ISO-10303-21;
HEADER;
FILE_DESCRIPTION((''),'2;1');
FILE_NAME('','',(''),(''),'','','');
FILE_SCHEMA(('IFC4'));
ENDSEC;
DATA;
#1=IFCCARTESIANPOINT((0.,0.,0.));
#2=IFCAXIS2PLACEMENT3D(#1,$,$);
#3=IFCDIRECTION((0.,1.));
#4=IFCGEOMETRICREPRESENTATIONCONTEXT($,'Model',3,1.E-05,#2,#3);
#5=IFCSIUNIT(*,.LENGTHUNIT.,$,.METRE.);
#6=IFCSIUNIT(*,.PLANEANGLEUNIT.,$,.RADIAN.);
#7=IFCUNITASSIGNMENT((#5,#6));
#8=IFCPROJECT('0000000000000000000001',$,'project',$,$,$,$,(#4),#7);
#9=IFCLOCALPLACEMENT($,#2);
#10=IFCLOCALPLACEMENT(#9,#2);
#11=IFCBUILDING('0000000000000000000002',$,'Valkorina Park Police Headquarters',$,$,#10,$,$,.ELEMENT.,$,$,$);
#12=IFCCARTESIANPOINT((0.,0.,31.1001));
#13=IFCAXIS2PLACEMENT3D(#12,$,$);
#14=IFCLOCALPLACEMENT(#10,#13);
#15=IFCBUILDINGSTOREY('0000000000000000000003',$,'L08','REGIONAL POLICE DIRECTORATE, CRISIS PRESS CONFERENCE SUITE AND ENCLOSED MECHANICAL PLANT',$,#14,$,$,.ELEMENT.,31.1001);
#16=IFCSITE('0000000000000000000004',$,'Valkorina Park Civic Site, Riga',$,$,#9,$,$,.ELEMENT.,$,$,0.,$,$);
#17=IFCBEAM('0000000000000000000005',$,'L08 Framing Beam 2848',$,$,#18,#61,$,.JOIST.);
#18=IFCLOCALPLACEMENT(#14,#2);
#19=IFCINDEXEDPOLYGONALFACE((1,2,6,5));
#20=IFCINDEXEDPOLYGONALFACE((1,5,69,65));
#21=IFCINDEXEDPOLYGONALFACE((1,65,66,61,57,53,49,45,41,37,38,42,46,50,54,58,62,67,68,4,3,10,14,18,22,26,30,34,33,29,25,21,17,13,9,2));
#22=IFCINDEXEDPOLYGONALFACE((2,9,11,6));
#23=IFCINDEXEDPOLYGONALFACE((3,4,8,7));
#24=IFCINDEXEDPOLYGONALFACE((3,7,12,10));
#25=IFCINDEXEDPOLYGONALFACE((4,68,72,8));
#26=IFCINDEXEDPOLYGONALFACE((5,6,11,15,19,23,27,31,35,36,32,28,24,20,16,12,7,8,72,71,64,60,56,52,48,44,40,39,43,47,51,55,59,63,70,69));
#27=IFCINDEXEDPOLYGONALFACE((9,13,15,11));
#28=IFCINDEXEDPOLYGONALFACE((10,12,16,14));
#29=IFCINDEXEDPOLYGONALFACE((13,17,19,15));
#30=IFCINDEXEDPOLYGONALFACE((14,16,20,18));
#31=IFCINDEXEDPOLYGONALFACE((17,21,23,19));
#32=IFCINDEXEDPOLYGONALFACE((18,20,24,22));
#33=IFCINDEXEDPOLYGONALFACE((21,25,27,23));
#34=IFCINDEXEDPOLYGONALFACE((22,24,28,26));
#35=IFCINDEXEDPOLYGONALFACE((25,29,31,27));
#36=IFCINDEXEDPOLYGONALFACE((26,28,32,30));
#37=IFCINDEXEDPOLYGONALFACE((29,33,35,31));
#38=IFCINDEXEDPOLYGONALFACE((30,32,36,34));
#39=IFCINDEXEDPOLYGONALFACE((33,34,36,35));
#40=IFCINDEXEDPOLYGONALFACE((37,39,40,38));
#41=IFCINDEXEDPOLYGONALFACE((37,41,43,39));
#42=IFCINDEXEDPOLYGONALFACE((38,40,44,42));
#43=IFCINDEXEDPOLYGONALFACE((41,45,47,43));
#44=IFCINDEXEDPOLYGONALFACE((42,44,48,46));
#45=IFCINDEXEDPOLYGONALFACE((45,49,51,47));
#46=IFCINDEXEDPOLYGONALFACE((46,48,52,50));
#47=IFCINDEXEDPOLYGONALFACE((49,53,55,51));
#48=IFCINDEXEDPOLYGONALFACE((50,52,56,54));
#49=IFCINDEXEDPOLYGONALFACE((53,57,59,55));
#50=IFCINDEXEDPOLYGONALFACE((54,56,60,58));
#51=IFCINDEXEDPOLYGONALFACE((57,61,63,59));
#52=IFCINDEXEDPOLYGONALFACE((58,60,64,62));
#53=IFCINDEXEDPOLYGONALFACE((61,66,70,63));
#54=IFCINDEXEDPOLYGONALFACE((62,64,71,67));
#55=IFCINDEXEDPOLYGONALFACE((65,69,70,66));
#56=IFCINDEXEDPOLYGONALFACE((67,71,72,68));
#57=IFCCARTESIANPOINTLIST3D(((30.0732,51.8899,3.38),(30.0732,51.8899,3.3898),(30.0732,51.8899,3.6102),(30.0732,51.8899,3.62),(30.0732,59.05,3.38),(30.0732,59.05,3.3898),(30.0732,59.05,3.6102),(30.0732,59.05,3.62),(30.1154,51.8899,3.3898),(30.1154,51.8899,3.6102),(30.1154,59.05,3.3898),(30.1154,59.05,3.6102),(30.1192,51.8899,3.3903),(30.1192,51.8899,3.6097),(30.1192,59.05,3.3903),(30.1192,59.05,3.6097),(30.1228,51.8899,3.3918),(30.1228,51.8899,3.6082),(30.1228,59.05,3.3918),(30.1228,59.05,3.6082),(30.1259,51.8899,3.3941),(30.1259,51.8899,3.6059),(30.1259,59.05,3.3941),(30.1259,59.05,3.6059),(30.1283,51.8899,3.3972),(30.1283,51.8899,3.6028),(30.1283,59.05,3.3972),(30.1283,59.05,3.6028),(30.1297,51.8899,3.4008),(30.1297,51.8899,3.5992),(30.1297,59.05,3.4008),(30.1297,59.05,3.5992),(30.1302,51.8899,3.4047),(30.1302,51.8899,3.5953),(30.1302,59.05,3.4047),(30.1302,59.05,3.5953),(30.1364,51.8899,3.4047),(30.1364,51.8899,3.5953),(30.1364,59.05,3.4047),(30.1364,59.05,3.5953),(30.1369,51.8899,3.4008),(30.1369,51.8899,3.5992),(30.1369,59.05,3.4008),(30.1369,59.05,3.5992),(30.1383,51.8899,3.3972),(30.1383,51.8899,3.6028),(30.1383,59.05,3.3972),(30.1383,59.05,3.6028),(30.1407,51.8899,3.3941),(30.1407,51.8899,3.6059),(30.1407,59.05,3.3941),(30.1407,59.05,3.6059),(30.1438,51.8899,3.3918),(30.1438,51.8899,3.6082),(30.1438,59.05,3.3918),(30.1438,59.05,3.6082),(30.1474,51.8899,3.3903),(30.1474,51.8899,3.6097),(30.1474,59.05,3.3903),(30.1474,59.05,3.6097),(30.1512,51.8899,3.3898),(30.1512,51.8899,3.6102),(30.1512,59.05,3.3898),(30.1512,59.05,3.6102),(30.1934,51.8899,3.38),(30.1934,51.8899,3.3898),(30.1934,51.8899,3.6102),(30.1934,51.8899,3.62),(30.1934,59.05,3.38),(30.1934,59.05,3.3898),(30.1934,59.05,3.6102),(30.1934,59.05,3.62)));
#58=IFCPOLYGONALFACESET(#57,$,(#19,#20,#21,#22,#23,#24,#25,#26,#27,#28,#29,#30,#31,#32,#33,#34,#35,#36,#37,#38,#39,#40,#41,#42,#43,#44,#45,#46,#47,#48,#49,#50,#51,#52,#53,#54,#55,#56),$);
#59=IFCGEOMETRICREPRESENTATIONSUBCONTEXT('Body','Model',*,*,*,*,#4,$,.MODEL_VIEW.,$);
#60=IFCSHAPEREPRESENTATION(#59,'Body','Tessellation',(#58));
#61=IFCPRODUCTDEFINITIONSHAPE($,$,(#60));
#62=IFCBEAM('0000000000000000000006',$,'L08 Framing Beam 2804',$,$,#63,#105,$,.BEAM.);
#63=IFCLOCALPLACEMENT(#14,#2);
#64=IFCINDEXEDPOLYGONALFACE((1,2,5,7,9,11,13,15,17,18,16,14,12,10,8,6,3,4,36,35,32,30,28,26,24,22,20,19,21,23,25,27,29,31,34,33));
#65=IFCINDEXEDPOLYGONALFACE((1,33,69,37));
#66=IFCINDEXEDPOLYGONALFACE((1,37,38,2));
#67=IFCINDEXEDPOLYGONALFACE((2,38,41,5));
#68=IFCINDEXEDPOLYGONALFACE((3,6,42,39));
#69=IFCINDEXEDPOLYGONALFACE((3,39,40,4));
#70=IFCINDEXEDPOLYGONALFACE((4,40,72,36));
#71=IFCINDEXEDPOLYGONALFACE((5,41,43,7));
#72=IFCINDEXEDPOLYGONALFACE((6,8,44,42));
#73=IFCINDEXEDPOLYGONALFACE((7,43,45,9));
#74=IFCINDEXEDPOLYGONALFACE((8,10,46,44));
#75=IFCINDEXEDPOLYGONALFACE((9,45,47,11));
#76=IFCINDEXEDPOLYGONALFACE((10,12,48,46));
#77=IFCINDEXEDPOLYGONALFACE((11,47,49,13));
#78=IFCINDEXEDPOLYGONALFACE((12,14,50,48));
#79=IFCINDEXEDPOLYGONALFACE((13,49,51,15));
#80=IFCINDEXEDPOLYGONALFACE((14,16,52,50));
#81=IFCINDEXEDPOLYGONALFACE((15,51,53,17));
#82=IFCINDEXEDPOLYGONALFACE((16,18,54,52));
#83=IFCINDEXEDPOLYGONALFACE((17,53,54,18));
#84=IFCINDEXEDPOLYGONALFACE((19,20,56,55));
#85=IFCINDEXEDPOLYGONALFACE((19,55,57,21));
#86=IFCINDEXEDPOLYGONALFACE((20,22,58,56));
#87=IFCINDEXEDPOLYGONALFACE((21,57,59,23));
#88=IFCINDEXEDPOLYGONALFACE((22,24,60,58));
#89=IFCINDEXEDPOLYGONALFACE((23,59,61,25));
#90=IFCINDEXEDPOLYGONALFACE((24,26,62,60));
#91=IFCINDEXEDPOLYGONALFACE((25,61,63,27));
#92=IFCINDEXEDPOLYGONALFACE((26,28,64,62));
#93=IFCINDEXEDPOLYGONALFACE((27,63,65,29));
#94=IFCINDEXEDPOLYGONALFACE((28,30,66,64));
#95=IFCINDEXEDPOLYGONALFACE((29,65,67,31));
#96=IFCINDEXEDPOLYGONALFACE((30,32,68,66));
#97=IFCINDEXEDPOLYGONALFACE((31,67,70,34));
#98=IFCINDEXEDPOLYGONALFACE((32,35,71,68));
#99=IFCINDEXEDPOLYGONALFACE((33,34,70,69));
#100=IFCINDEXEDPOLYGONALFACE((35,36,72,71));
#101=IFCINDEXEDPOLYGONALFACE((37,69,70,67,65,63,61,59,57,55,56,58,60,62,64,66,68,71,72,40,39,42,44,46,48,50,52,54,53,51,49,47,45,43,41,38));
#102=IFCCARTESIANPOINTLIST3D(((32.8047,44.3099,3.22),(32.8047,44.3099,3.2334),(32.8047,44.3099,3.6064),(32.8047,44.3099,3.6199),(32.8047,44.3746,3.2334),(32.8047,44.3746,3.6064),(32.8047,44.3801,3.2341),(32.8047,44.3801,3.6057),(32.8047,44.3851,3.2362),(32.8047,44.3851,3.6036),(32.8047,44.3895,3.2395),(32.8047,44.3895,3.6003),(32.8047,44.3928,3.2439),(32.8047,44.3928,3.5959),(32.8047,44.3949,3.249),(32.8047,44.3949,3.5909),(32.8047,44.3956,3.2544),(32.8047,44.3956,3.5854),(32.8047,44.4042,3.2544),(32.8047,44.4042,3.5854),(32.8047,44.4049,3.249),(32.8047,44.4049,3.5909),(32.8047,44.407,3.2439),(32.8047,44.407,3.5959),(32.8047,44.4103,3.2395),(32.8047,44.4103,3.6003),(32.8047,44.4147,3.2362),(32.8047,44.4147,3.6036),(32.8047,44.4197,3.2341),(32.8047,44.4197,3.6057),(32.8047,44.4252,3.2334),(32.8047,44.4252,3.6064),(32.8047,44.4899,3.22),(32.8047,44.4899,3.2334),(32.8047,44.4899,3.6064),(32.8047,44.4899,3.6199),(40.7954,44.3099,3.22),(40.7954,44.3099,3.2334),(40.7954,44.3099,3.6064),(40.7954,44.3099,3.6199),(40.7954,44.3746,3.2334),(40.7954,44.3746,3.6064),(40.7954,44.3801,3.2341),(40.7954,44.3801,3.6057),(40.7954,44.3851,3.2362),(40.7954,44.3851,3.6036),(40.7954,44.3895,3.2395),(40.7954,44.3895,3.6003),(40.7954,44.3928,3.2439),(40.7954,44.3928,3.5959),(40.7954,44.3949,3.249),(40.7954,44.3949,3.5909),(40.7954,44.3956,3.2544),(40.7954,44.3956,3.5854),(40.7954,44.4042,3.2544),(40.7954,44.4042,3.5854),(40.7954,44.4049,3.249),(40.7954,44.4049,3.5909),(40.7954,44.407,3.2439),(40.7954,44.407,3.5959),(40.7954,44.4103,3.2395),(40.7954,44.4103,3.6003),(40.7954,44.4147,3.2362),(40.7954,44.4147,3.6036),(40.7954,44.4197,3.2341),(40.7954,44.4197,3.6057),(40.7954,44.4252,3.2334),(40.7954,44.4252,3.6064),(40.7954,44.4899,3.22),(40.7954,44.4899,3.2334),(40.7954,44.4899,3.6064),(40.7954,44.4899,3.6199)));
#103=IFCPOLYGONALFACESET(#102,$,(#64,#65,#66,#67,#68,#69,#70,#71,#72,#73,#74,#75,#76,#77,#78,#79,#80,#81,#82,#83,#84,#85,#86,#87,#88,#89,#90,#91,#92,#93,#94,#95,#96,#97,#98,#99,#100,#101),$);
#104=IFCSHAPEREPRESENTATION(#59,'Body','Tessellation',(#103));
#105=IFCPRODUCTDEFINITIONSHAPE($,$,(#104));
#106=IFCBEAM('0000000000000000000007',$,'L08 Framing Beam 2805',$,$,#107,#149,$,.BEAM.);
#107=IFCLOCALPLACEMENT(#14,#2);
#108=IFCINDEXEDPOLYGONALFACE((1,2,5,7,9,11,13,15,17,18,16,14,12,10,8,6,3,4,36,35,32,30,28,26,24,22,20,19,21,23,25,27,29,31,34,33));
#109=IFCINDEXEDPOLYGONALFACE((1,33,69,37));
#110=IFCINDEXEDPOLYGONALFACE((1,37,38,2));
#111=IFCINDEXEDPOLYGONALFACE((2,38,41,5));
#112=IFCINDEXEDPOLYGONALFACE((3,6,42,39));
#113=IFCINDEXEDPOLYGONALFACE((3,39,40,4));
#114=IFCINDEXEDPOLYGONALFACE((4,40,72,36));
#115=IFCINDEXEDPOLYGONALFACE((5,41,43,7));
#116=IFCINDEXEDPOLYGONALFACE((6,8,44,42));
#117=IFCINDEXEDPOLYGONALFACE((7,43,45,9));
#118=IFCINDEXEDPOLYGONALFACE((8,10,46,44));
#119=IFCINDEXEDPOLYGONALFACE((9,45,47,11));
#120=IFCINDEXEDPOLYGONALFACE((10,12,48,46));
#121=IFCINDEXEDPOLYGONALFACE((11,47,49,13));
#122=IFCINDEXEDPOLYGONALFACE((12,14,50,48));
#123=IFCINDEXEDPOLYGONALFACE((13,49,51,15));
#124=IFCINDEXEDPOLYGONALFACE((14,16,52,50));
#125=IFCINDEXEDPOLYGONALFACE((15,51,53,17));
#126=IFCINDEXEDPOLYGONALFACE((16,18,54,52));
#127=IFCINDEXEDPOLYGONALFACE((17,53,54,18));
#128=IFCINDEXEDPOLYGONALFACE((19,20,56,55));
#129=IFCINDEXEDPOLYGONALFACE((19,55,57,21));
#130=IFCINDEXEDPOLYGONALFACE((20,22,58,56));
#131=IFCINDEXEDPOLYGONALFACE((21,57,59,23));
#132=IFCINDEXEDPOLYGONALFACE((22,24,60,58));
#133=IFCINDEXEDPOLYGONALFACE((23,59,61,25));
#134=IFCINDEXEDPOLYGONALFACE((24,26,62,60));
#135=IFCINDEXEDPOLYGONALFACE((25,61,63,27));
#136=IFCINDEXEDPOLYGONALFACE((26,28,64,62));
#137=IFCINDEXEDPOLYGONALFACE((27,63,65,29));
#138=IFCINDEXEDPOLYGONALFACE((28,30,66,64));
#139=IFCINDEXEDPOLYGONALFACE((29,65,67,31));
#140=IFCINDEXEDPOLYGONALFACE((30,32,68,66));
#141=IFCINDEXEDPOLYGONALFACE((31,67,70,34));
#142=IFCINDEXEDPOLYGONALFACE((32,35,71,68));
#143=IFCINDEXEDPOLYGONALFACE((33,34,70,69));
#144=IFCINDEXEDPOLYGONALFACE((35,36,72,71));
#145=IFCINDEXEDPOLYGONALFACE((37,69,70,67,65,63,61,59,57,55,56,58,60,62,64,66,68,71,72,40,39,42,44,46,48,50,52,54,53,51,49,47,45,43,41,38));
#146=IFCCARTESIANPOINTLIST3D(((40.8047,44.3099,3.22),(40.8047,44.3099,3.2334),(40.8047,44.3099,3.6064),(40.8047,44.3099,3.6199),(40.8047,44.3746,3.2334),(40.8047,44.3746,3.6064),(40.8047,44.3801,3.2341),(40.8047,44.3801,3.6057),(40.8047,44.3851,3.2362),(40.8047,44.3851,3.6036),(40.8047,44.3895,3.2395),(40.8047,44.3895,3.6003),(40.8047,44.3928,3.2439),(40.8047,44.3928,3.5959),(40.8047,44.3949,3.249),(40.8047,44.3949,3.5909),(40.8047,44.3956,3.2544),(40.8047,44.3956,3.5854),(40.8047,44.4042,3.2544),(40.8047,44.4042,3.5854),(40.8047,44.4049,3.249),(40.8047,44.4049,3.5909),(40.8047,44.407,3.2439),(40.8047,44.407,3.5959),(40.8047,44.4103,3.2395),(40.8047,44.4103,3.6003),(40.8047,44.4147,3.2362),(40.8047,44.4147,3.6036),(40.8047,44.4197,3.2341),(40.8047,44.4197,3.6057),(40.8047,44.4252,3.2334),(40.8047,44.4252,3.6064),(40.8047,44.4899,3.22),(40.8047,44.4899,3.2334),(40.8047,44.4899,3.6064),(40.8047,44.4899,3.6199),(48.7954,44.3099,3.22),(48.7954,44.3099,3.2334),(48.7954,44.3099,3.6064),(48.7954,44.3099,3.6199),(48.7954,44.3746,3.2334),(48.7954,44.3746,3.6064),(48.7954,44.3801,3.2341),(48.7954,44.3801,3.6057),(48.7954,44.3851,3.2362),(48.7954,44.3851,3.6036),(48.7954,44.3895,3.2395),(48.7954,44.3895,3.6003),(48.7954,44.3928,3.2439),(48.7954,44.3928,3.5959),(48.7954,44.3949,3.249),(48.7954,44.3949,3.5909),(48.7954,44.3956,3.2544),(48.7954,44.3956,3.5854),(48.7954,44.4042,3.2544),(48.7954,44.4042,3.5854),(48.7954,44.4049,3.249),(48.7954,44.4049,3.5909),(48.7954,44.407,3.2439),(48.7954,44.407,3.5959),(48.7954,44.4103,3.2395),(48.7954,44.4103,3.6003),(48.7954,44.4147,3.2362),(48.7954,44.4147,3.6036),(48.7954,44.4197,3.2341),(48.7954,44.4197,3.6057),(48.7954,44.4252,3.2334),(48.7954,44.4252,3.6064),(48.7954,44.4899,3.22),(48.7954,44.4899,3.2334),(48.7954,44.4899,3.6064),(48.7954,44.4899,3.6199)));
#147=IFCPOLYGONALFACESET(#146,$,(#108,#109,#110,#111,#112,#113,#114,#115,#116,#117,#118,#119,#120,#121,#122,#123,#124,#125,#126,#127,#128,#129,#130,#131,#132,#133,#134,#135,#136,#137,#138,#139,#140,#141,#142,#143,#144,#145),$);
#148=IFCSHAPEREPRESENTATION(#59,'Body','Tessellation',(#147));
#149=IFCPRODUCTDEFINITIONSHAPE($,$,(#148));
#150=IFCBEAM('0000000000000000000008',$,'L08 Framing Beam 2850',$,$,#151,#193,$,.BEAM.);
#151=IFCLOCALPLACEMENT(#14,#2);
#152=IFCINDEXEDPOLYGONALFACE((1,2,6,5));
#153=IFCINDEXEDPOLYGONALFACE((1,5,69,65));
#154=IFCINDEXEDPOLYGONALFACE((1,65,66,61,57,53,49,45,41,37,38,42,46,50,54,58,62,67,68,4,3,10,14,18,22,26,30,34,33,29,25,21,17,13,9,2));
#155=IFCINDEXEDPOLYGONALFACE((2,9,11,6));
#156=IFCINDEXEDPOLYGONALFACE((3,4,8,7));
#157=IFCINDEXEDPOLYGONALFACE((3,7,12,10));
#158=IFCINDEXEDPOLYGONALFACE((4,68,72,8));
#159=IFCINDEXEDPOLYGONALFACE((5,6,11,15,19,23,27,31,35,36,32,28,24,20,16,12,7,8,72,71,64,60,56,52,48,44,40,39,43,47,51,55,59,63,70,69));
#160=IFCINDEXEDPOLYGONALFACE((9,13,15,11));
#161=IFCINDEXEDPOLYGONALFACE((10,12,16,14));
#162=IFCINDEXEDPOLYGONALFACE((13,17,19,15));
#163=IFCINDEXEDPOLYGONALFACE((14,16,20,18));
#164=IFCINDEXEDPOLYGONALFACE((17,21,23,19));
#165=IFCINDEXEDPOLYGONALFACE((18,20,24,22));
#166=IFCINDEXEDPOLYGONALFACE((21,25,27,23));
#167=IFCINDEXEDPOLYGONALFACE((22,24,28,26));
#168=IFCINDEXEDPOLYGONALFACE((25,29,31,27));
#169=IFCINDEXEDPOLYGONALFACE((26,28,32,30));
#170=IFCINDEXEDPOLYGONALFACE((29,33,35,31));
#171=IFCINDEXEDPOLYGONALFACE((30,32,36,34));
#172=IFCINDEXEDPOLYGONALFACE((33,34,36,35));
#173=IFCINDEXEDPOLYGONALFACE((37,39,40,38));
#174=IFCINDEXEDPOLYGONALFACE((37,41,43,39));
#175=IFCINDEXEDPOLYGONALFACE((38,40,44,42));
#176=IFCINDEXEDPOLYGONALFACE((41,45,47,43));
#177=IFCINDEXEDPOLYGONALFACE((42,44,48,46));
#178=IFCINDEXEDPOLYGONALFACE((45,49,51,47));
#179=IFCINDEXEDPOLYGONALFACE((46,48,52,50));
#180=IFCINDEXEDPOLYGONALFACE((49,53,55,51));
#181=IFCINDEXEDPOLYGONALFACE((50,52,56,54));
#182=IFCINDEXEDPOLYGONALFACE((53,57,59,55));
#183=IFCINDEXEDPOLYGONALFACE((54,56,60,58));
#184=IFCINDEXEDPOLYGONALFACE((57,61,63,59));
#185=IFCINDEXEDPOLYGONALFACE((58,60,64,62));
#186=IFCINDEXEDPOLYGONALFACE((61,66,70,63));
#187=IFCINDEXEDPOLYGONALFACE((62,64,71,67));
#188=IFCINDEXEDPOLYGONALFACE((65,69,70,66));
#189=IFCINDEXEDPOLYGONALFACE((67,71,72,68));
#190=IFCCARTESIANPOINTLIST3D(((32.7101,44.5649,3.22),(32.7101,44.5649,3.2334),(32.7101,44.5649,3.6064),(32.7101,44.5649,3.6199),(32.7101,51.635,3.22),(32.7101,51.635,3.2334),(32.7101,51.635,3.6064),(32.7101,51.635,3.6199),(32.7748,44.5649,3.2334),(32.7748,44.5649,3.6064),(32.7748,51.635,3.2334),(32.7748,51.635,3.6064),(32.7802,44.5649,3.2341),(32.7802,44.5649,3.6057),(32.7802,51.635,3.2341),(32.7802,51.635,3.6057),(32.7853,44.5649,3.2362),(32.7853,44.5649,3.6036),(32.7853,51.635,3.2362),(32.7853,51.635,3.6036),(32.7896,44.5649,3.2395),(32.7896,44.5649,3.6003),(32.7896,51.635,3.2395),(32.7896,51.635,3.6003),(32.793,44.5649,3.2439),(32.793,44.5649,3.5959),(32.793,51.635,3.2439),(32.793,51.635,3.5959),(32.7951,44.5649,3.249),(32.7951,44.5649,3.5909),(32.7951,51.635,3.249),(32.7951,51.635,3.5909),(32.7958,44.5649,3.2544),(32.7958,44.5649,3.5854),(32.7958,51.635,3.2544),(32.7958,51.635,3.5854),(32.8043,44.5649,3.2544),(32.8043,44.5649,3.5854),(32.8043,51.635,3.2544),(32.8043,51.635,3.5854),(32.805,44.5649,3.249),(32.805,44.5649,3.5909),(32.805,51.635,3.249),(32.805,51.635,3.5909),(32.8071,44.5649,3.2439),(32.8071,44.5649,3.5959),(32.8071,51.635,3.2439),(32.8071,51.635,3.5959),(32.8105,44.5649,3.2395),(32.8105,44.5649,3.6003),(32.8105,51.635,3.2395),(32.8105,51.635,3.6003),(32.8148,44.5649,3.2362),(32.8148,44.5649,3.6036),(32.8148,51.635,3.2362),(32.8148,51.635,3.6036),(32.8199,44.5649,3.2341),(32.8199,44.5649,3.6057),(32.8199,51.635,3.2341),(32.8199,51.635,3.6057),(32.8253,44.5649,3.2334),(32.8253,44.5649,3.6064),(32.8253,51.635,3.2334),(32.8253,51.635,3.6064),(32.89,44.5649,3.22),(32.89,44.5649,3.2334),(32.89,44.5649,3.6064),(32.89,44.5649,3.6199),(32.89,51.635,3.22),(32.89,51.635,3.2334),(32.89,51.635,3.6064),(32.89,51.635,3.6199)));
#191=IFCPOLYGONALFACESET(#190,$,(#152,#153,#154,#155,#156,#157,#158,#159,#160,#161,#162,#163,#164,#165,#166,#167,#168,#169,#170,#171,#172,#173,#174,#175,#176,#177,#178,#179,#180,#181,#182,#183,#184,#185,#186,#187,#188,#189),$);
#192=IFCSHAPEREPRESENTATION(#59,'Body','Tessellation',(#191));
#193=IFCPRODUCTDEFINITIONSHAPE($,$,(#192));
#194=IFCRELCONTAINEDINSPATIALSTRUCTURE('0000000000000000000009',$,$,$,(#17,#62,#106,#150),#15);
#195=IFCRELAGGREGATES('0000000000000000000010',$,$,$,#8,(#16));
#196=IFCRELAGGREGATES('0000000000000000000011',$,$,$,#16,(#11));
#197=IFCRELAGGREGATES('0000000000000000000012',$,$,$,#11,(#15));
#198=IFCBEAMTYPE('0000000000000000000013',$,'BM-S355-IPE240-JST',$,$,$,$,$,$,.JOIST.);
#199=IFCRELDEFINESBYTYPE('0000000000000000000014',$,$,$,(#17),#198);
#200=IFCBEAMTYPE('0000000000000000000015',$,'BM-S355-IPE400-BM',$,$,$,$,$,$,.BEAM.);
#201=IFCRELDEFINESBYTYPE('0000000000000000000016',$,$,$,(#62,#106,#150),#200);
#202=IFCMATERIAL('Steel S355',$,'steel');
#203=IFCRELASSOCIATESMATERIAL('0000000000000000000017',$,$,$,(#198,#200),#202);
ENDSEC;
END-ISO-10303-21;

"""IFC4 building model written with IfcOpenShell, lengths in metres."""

from ifc_helpers import new_model, si_unit, direction, frame, origin, origin_2d, place, context, subcontext, project, spatial, i_section, extrude, material, material_profile, profile_set, type_object, element, save


model = new_model("IFC4")

# Units and contexts
model_context = context("Model", 3, precision=1e-05, world=origin(), true_north=direction((0.0, 1.0)))
body_context = subcontext(model_context, "Body", "Model", "MODEL_VIEW")
ifc_project = project(units=[si_unit("LENGTHUNIT", "METRE"), si_unit("PLANEANGLEUNIT", "RADIAN")], contexts=[model_context])

# Site, building, storey
site_placement = place(None, origin())
site = spatial("IfcSite", under=ifc_project, at=site_placement, Name="Valkorina Park Civic Site, Riga", CompositionType="ELEMENT", RefElevation=0.0)
building_placement = place(site_placement, origin())
building = spatial("IfcBuilding", under=site, at=building_placement, Name="Valkorina Park Police Headquarters", CompositionType="ELEMENT")
storey_placement = place(building_placement, frame((0.0, 0.0, 31.1001)))
storey = spatial("IfcBuildingStorey", under=building, at=storey_placement, Name="L08", Description="REGIONAL POLICE DIRECTORATE, CRISIS PRESS CONFERENCE SUITE AND ENCLOSED MECHANICAL PLANT", CompositionType="ELEMENT", Elevation=31.1001)

# Shared definitions
ifc_material_1 = material(Name="Steel S355", Category="steel")

# Beams
ifc_material_profile_1 = material_profile(ifc_material_1, i_section(OverallWidth=0.1201, OverallDepth=0.24, WebThickness=0.0061, FlangeThickness=0.0098, FilletRadius=0.0149, at=origin_2d()), Name="IPE 240")
ifc_profile_set_1 = profile_set([ifc_material_profile_1], Name="Steel S355")
beam_type_1 = type_object("IfcBeamType", Name="BM-S355-IPE240-JST", PredefinedType="JOIST", material=ifc_profile_set_1)
beam_1_placement = place(storey_placement, frame((30.1333, 51.8899, 3.5), z_axis=(0.0, 1.0, 0.0), x_axis=(-1.0, 0.0, 0.0)))
element("IfcBeam", 1, at=beam_1_placement, inside=storey, type_object=beam_type_1, Name="L08 Framing Beam 2848", PredefinedType="JOIST", context=body_context, shape_type="SweptSolid", body=[
    extrude(i_section(OverallWidth=0.1201, OverallDepth=0.24, WebThickness=0.0061, FlangeThickness=0.0098, FilletRadius=0.0149, at=origin_2d()), origin(), (0.0, 0.0, 1.0), 7.1602),
])
ifc_material_profile_2 = material_profile(ifc_material_1, i_section(OverallWidth=0.1799, OverallDepth=0.3999, WebThickness=0.0085, FlangeThickness=0.0134, FilletRadius=0.021, at=origin_2d()), Name="IPE 400")
ifc_profile_set_2 = profile_set([ifc_material_profile_2], Name="Steel S355")
beam_type_2 = type_object("IfcBeamType", Name="BM-S355-IPE400-BM", PredefinedType="BEAM", material=ifc_profile_set_2)
for number, where, z_axis, x_axis, name in (
    (2, (32.8047, 44.3999, 3.4199), (1.0, 0.0, 0.0), (0.0, 1.0, 0.0), "L08 Framing Beam 2804"),
    (3, (40.8047, 44.3999, 3.4199), (1.0, 0.0, 0.0), (0.0, 1.0, 0.0), "L08 Framing Beam 2805"),
):
    element("IfcBeam", number, at=place(storey_placement, frame(where, z_axis=z_axis, x_axis=x_axis)), inside=storey, type_object=beam_type_2, Name=name, PredefinedType="BEAM", context=body_context, shape_type="SweptSolid", body=[
        extrude(i_section(OverallWidth=0.1799, OverallDepth=0.3999, WebThickness=0.0085, FlangeThickness=0.0134, FilletRadius=0.021, at=origin_2d()), origin(), (0.0, 0.0, 1.0), 7.9907),
    ])
beam_2_placement = place(storey_placement, frame((32.8, 44.5649, 3.4199), z_axis=(0.0, 1.0, 0.0), x_axis=(-1.0, 0.0, 0.0)))
element("IfcBeam", 4, at=beam_2_placement, inside=storey, type_object=beam_type_2, Name="L08 Framing Beam 2850", PredefinedType="BEAM", context=body_context, shape_type="SweptSolid", body=[
    extrude(i_section(OverallWidth=0.1799, OverallDepth=0.3999, WebThickness=0.0085, FlangeThickness=0.0134, FilletRadius=0.021, at=origin_2d()), origin(), (0.0, 0.0, 1.0), 7.0701),
])

save(model, "model.ifc")
